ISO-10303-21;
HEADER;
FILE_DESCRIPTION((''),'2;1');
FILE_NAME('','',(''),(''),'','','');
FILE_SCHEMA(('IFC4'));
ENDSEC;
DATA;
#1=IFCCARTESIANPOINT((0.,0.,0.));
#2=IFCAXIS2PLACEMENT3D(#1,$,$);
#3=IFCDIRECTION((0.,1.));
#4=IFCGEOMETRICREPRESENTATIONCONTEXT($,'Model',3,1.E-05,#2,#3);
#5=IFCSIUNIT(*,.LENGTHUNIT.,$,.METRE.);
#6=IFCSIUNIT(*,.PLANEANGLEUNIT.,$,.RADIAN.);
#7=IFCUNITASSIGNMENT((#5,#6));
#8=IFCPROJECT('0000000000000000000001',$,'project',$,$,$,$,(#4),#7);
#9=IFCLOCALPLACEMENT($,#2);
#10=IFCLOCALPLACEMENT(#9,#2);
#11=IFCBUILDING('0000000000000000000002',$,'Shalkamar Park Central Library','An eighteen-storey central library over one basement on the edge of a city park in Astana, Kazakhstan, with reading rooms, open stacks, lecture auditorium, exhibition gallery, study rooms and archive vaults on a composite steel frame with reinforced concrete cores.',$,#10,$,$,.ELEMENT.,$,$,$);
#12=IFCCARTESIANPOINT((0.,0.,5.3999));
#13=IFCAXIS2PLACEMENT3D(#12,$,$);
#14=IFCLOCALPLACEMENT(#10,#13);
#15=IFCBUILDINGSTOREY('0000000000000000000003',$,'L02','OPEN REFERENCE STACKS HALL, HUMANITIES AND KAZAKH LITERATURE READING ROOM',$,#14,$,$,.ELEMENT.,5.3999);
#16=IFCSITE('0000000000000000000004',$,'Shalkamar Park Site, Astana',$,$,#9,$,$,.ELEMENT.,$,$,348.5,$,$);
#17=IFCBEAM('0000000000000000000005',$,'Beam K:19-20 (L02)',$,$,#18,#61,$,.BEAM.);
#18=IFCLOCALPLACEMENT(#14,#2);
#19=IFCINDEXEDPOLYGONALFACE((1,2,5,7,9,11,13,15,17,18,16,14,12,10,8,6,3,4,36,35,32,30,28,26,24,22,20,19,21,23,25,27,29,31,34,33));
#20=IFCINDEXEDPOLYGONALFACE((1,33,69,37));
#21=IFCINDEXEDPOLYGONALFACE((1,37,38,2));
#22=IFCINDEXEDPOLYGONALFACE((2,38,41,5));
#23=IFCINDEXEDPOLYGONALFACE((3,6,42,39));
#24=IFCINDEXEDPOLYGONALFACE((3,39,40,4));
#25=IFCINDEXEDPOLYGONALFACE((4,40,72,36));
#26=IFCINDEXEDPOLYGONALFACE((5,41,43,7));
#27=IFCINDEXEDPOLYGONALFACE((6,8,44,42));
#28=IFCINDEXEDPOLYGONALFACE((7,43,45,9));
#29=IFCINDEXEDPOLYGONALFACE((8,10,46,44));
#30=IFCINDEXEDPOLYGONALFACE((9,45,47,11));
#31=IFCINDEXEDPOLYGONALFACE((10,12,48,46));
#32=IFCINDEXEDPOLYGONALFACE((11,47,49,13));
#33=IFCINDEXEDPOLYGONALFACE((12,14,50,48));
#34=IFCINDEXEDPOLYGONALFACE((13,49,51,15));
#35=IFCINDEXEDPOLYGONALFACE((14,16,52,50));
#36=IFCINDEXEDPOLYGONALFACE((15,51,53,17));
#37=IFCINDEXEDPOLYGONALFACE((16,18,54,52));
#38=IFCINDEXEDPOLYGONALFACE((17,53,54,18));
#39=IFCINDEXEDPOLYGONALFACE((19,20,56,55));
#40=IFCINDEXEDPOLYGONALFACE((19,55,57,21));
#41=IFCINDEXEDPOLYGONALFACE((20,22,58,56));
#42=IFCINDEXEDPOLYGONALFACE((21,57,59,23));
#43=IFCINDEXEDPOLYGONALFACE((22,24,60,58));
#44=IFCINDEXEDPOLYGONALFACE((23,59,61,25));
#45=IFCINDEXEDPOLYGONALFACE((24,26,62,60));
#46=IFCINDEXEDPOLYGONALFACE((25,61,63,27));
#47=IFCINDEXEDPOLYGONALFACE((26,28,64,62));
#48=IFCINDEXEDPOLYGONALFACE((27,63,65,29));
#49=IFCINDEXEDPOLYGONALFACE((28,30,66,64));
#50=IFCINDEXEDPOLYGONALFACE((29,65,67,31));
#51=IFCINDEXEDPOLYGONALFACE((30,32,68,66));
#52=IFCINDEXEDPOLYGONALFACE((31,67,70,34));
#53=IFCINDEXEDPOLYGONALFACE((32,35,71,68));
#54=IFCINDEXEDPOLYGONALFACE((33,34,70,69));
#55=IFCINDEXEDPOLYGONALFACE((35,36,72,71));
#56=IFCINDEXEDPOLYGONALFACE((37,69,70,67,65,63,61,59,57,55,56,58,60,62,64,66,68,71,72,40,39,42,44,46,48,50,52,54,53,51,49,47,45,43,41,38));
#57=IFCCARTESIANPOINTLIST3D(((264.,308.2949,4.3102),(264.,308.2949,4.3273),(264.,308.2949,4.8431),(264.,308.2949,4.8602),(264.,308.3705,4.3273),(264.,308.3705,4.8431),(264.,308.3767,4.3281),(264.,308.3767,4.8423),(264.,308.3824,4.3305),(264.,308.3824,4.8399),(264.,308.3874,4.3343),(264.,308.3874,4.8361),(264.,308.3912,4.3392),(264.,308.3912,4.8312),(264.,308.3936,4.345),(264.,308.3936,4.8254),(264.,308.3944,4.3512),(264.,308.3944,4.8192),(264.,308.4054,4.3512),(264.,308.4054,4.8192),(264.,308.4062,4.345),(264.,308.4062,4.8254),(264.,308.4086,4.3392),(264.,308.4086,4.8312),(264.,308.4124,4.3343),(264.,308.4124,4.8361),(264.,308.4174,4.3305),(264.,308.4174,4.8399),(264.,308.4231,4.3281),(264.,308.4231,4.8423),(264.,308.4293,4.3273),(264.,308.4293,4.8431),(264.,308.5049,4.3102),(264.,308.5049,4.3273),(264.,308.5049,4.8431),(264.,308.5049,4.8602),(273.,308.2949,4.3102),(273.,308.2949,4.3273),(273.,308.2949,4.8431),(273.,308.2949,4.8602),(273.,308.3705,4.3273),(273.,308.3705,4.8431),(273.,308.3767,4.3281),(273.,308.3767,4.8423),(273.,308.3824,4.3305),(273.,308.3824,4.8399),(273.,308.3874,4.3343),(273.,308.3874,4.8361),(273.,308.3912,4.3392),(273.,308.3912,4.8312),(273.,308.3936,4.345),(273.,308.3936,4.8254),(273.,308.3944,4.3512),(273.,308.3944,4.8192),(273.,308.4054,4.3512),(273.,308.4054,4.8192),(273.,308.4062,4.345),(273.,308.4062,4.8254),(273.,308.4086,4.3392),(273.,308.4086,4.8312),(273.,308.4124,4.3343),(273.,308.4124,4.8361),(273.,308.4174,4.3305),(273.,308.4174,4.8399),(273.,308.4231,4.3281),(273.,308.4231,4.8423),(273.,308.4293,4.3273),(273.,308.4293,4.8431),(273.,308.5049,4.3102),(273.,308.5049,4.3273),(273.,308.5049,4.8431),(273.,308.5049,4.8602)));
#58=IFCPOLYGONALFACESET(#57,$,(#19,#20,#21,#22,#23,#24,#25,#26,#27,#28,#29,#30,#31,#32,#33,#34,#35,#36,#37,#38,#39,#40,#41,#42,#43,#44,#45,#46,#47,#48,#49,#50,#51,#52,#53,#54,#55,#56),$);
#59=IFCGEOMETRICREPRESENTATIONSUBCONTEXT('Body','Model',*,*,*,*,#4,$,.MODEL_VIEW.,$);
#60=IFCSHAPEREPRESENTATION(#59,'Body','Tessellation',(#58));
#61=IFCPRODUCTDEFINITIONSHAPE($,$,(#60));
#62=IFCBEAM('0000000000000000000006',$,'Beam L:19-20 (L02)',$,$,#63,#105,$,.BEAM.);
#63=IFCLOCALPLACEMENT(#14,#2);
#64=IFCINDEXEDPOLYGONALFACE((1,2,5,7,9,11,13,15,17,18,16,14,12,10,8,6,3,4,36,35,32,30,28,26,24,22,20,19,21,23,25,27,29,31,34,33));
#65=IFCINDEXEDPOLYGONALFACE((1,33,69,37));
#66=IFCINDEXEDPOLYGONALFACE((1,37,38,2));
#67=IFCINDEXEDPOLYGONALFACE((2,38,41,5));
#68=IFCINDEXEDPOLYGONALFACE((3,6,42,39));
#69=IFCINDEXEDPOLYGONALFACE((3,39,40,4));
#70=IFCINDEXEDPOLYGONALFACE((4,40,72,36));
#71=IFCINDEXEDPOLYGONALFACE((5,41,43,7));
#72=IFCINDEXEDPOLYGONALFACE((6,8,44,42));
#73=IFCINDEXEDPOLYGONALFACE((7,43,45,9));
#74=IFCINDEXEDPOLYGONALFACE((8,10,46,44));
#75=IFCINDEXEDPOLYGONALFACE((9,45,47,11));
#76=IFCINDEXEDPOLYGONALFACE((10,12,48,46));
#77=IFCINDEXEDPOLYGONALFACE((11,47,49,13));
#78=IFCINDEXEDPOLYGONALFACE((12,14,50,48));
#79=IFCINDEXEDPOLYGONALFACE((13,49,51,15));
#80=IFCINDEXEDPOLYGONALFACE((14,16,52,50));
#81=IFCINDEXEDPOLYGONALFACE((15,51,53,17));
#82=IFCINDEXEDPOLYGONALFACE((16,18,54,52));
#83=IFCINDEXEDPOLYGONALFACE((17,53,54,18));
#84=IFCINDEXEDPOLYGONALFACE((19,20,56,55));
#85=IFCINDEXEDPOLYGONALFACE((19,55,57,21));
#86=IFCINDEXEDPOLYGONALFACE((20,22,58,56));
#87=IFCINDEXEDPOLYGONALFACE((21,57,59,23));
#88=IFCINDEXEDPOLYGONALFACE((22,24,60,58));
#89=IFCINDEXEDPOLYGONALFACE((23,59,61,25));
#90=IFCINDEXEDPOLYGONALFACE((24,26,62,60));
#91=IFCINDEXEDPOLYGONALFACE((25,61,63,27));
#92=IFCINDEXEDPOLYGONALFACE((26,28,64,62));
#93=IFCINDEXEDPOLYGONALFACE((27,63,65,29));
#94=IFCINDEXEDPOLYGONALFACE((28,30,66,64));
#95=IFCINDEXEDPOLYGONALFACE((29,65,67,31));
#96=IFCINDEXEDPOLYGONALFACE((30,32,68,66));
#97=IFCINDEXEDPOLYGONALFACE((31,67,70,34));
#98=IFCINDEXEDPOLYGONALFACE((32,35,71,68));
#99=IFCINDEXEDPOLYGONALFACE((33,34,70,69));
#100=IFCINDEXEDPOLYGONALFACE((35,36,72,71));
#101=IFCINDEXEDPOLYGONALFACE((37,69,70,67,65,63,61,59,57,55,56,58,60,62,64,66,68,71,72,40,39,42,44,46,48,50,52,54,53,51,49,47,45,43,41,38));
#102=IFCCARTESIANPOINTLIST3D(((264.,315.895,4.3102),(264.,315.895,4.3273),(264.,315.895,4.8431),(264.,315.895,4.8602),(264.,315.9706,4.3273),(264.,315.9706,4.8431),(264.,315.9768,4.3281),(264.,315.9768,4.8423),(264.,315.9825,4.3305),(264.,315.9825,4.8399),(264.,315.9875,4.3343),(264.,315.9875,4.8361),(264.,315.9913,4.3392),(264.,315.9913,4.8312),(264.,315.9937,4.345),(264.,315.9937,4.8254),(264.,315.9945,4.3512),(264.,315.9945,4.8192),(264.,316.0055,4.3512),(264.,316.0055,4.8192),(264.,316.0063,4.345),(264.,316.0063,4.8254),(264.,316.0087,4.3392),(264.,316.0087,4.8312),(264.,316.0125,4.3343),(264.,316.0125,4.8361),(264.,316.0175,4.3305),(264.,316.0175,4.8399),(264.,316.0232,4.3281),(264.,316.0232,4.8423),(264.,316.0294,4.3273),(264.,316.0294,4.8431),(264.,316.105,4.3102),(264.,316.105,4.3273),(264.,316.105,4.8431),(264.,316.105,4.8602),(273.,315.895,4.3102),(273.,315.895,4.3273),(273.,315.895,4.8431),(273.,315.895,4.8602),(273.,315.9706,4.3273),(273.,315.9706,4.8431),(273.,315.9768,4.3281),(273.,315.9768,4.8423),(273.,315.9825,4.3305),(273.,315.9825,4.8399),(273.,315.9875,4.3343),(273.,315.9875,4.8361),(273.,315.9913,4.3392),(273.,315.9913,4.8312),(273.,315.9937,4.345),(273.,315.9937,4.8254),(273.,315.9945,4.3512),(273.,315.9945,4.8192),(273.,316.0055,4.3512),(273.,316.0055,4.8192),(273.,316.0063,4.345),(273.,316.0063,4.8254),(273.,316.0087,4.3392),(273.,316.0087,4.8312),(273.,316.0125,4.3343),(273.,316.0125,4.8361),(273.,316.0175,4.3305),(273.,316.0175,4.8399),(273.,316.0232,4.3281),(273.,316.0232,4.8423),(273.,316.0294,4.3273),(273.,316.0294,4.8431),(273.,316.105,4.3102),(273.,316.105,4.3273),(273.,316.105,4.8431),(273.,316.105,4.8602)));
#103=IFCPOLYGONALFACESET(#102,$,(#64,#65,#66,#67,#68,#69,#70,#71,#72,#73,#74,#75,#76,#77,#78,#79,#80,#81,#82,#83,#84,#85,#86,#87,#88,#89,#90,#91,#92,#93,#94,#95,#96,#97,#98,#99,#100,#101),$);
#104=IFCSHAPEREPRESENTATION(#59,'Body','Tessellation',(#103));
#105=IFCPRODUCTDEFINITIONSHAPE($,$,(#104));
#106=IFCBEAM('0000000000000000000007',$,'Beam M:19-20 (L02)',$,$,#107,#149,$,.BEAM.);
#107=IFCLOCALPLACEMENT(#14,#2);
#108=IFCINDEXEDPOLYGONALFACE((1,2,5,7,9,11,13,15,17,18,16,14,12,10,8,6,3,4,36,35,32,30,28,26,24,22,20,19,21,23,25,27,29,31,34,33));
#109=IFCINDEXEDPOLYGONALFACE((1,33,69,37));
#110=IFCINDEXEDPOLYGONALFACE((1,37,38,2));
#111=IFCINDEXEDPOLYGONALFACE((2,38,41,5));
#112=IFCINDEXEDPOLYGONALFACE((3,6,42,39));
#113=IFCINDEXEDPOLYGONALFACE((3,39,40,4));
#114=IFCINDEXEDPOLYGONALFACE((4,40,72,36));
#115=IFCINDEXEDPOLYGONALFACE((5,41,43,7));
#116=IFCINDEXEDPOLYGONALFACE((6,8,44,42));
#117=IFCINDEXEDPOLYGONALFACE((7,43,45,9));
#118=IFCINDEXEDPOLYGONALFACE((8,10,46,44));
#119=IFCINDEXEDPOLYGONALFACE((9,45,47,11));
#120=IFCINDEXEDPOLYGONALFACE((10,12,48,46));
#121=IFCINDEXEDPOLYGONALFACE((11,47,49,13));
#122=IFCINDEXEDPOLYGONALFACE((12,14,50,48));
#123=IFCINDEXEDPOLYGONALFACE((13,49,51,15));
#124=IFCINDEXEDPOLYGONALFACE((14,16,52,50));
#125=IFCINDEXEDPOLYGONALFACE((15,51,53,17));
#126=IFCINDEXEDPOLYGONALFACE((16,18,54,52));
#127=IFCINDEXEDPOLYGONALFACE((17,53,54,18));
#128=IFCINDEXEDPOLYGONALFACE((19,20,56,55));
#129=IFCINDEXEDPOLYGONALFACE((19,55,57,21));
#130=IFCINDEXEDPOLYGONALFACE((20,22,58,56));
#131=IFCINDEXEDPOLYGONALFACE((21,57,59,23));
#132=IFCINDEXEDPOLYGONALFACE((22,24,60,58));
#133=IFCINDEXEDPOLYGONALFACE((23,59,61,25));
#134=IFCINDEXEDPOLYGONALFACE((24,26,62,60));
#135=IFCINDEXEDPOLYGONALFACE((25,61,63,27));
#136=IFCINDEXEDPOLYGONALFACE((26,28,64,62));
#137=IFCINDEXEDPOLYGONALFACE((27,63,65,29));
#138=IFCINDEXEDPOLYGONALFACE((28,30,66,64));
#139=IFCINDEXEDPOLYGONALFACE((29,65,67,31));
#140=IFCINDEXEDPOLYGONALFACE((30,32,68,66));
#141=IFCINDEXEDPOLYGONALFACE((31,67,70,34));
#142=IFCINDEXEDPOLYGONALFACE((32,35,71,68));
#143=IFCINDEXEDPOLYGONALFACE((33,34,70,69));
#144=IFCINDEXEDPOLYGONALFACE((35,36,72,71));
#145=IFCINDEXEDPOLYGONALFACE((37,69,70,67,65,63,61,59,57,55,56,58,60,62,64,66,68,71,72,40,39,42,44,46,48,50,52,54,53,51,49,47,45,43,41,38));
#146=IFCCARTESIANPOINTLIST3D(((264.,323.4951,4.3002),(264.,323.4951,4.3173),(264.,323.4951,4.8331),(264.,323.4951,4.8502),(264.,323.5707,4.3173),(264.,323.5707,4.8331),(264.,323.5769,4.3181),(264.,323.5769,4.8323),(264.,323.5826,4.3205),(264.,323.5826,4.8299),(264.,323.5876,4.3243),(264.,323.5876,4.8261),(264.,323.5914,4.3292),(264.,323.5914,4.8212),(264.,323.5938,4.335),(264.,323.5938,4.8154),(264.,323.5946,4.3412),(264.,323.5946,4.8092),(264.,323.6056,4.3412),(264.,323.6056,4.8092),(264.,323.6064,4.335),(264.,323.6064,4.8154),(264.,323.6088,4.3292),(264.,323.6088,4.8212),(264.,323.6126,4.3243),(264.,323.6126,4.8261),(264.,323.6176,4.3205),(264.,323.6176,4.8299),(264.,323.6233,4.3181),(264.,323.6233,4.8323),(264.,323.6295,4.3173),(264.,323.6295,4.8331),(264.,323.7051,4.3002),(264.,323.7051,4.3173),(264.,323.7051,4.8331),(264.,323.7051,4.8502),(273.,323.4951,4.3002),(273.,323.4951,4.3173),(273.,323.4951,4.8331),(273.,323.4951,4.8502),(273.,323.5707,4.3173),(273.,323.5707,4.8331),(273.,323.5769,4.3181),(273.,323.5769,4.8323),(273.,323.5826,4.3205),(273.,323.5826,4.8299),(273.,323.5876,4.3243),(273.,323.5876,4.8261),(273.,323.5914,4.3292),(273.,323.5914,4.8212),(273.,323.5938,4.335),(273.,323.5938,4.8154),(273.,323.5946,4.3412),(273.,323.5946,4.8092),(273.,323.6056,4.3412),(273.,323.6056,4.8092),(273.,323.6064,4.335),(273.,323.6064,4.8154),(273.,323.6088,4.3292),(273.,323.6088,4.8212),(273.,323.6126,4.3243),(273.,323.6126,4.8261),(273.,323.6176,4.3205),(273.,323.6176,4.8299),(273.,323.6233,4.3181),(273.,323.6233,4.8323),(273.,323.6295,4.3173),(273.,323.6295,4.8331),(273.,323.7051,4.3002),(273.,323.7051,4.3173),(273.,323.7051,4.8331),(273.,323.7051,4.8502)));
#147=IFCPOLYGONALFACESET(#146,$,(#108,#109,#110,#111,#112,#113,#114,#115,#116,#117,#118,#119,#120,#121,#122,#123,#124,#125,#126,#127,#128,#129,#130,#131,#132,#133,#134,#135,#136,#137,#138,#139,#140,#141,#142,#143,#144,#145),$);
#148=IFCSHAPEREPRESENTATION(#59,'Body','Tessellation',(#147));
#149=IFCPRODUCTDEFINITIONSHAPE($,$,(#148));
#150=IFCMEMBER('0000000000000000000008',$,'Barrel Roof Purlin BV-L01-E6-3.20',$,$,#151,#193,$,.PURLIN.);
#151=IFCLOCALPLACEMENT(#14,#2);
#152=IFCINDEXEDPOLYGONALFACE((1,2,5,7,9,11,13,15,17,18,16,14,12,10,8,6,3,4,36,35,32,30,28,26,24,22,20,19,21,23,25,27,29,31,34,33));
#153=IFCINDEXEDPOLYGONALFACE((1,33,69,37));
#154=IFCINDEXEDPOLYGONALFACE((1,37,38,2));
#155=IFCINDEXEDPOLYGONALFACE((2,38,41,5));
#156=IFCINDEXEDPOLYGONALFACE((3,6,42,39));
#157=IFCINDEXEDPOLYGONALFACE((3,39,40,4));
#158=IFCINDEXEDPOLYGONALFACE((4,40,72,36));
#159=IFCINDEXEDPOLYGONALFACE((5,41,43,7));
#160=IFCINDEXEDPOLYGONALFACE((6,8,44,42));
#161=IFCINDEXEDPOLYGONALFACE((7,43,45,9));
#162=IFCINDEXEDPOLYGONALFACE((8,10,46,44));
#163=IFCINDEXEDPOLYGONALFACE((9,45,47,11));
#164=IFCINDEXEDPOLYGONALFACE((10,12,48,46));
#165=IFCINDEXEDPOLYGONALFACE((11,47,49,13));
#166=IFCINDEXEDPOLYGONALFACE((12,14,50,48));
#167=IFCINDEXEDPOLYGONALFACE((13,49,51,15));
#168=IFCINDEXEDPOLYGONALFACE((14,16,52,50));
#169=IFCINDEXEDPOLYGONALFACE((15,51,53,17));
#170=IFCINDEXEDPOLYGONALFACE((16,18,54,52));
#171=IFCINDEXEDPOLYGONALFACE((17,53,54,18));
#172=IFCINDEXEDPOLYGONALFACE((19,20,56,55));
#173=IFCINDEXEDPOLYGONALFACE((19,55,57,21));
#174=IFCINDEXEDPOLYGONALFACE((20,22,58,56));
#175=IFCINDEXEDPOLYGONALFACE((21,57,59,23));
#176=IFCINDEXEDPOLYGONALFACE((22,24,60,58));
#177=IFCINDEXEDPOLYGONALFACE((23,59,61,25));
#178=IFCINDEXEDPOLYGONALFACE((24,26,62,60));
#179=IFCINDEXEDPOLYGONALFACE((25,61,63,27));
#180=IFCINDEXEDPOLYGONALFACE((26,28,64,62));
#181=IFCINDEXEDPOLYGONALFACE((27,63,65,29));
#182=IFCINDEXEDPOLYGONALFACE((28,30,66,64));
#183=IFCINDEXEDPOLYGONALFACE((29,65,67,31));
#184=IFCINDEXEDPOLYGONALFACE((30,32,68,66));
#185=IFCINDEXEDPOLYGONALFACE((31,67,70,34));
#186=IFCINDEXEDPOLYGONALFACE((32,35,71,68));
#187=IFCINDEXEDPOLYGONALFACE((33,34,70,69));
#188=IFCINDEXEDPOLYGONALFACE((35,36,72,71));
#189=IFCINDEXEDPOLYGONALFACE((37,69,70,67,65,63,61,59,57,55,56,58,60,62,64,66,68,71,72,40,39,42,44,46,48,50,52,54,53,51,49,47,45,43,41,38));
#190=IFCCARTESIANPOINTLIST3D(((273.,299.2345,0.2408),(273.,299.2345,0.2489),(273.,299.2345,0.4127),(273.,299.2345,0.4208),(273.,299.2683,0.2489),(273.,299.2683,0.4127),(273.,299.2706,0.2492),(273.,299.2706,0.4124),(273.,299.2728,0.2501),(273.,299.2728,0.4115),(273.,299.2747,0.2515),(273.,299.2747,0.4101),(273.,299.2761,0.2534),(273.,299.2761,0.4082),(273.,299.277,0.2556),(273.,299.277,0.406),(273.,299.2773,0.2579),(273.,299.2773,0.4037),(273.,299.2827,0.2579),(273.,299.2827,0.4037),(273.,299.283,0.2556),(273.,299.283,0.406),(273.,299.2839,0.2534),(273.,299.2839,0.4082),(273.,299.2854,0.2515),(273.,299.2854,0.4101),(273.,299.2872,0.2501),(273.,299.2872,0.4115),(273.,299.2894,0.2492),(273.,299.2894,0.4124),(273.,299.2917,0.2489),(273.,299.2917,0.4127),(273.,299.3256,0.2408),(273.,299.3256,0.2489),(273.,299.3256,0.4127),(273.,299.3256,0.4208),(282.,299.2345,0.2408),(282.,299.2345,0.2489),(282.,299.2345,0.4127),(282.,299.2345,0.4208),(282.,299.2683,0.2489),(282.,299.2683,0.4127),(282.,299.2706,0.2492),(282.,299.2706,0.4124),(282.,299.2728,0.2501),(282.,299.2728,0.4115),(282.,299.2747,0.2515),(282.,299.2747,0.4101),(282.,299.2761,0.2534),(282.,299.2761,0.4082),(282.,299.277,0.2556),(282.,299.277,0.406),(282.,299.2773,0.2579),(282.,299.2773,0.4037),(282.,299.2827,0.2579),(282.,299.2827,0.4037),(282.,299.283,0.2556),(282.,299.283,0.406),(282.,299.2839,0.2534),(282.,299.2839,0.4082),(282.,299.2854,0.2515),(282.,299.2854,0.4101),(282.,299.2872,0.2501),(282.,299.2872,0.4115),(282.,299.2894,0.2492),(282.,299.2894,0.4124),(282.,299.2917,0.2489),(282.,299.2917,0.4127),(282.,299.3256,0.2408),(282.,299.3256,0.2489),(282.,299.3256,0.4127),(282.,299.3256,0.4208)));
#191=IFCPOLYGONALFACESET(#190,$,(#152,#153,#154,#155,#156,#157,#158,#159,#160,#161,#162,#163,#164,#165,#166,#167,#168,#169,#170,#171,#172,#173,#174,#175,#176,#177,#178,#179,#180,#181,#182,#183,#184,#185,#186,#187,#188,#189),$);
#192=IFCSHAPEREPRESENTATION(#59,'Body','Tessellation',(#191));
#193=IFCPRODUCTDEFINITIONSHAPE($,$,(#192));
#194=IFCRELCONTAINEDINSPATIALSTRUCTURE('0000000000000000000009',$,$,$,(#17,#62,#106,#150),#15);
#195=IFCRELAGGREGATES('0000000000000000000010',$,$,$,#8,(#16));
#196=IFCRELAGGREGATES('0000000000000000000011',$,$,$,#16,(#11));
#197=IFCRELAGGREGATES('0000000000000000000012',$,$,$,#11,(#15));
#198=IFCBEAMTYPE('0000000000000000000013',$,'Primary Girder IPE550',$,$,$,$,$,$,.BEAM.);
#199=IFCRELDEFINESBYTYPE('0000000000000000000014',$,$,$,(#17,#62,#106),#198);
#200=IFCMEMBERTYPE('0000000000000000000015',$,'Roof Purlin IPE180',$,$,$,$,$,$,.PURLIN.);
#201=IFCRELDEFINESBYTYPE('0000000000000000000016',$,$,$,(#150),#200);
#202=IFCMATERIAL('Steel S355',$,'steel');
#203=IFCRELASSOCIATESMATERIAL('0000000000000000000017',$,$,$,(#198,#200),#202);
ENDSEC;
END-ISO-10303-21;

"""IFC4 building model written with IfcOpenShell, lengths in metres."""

from ifc_helpers import new_model, si_unit, direction, frame, origin, origin_2d, place, context, subcontext, project, spatial, i_section, extrude, material, material_profile, profile_set, type_object, element, save


model = new_model("IFC4")

# Units and contexts
model_context = context("Model", 3, precision=1e-05, world=origin(), true_north=direction((0.0, 1.0)))
body_context = subcontext(model_context, "Body", "Model", "MODEL_VIEW")
ifc_project = project(units=[si_unit("LENGTHUNIT", "METRE"), si_unit("PLANEANGLEUNIT", "RADIAN")], contexts=[model_context])

# Site, building, storey
site_placement = place(None, origin())
site = spatial("IfcSite", under=ifc_project, at=site_placement, Name="Shalkamar Park Site, Astana", CompositionType="ELEMENT", RefElevation=348.5)
building_placement = place(site_placement, origin())
building = spatial("IfcBuilding", under=site, at=building_placement, Name="Shalkamar Park Central Library", Description="An eighteen-storey central library over one basement on the edge of a city park in Astana, Kazakhstan, with reading rooms, open stacks, lecture auditorium, exhibition gallery, study rooms and archive vaults on a composite steel frame with reinforced concrete cores.", CompositionType="ELEMENT")
storey_placement = place(building_placement, frame((0.0, 0.0, 5.3999)))
storey = spatial("IfcBuildingStorey", under=building, at=storey_placement, Name="L02", Description="OPEN REFERENCE STACKS HALL, HUMANITIES AND KAZAKH LITERATURE READING ROOM", CompositionType="ELEMENT", Elevation=5.3999)

# Shared definitions
ifc_material_1 = material(Name="Steel S355", Category="steel")

# Beams
ifc_material_profile_1 = material_profile(ifc_material_1, i_section(OverallWidth=0.21, OverallDepth=0.55, WebThickness=0.011, FlangeThickness=0.0171, FilletRadius=0.0239, at=origin_2d()), Name="IPE 550")
ifc_profile_set_1 = profile_set([ifc_material_profile_1], Name="Steel S355")
beam_type_1 = type_object("IfcBeamType", Name="Primary Girder IPE550", PredefinedType="BEAM", material=ifc_profile_set_1)
for number, where, z_axis, x_axis, name in (
    (1, (264.0, 308.3999, 4.5852), (1.0, 0.0, 0.0), (0.0, 1.0, 0.0), "Beam K:19-20 (L02)"),
    (2, (264.0, 316.0, 4.5852), (1.0, 0.0, 0.0), (0.0, 1.0, 0.0), "Beam L:19-20 (L02)"),
    (3, (264.0, 323.6001, 4.5752), (1.0, 0.0, 0.0), (0.0, 1.0, 0.0), "Beam M:19-20 (L02)"),
):
    element("IfcBeam", number, at=place(storey_placement, frame(where, z_axis=z_axis, x_axis=x_axis)), inside=storey, type_object=beam_type_1, Name=name, PredefinedType="BEAM", context=body_context, shape_type="SweptSolid", body=[
        extrude(i_section(OverallWidth=0.21, OverallDepth=0.55, WebThickness=0.011, FlangeThickness=0.0171, FilletRadius=0.0239, at=origin_2d()), origin(), (0.0, 0.0, 1.0), 9.0),
    ])

# Member
ifc_material_profile_2 = material_profile(ifc_material_1, i_section(OverallWidth=0.0911, OverallDepth=0.1799, WebThickness=0.0054, FlangeThickness=0.0081, FilletRadius=0.009, at=origin_2d()), Name="IPE 180")
ifc_profile_set_2 = profile_set([ifc_material_profile_2], Name="Steel S355")
member_type_1 = type_object("IfcMemberType", Name="Roof Purlin IPE180", PredefinedType="PURLIN", material=ifc_profile_set_2)
for number, where, z_axis, x_axis, name in (
    (4, (273.0, 299.28, 0.3308), (1.0, 0.0, 0.0), (0.0, 1.0, 0.0), "Barrel Roof Purlin BV-L01-E6-3.20"),
):
    element("IfcMember", number, at=place(storey_placement, frame(where, z_axis=z_axis, x_axis=x_axis)), inside=storey, type_object=member_type_1, Name=name, PredefinedType="PURLIN", context=body_context, shape_type="SweptSolid", body=[
        extrude(i_section(OverallWidth=0.0911, OverallDepth=0.1799, WebThickness=0.0054, FlangeThickness=0.0081, FilletRadius=0.009, at=origin_2d()), origin(), (0.0, 0.0, 1.0), 9.0),
    ])

save(model, "model.ifc")
